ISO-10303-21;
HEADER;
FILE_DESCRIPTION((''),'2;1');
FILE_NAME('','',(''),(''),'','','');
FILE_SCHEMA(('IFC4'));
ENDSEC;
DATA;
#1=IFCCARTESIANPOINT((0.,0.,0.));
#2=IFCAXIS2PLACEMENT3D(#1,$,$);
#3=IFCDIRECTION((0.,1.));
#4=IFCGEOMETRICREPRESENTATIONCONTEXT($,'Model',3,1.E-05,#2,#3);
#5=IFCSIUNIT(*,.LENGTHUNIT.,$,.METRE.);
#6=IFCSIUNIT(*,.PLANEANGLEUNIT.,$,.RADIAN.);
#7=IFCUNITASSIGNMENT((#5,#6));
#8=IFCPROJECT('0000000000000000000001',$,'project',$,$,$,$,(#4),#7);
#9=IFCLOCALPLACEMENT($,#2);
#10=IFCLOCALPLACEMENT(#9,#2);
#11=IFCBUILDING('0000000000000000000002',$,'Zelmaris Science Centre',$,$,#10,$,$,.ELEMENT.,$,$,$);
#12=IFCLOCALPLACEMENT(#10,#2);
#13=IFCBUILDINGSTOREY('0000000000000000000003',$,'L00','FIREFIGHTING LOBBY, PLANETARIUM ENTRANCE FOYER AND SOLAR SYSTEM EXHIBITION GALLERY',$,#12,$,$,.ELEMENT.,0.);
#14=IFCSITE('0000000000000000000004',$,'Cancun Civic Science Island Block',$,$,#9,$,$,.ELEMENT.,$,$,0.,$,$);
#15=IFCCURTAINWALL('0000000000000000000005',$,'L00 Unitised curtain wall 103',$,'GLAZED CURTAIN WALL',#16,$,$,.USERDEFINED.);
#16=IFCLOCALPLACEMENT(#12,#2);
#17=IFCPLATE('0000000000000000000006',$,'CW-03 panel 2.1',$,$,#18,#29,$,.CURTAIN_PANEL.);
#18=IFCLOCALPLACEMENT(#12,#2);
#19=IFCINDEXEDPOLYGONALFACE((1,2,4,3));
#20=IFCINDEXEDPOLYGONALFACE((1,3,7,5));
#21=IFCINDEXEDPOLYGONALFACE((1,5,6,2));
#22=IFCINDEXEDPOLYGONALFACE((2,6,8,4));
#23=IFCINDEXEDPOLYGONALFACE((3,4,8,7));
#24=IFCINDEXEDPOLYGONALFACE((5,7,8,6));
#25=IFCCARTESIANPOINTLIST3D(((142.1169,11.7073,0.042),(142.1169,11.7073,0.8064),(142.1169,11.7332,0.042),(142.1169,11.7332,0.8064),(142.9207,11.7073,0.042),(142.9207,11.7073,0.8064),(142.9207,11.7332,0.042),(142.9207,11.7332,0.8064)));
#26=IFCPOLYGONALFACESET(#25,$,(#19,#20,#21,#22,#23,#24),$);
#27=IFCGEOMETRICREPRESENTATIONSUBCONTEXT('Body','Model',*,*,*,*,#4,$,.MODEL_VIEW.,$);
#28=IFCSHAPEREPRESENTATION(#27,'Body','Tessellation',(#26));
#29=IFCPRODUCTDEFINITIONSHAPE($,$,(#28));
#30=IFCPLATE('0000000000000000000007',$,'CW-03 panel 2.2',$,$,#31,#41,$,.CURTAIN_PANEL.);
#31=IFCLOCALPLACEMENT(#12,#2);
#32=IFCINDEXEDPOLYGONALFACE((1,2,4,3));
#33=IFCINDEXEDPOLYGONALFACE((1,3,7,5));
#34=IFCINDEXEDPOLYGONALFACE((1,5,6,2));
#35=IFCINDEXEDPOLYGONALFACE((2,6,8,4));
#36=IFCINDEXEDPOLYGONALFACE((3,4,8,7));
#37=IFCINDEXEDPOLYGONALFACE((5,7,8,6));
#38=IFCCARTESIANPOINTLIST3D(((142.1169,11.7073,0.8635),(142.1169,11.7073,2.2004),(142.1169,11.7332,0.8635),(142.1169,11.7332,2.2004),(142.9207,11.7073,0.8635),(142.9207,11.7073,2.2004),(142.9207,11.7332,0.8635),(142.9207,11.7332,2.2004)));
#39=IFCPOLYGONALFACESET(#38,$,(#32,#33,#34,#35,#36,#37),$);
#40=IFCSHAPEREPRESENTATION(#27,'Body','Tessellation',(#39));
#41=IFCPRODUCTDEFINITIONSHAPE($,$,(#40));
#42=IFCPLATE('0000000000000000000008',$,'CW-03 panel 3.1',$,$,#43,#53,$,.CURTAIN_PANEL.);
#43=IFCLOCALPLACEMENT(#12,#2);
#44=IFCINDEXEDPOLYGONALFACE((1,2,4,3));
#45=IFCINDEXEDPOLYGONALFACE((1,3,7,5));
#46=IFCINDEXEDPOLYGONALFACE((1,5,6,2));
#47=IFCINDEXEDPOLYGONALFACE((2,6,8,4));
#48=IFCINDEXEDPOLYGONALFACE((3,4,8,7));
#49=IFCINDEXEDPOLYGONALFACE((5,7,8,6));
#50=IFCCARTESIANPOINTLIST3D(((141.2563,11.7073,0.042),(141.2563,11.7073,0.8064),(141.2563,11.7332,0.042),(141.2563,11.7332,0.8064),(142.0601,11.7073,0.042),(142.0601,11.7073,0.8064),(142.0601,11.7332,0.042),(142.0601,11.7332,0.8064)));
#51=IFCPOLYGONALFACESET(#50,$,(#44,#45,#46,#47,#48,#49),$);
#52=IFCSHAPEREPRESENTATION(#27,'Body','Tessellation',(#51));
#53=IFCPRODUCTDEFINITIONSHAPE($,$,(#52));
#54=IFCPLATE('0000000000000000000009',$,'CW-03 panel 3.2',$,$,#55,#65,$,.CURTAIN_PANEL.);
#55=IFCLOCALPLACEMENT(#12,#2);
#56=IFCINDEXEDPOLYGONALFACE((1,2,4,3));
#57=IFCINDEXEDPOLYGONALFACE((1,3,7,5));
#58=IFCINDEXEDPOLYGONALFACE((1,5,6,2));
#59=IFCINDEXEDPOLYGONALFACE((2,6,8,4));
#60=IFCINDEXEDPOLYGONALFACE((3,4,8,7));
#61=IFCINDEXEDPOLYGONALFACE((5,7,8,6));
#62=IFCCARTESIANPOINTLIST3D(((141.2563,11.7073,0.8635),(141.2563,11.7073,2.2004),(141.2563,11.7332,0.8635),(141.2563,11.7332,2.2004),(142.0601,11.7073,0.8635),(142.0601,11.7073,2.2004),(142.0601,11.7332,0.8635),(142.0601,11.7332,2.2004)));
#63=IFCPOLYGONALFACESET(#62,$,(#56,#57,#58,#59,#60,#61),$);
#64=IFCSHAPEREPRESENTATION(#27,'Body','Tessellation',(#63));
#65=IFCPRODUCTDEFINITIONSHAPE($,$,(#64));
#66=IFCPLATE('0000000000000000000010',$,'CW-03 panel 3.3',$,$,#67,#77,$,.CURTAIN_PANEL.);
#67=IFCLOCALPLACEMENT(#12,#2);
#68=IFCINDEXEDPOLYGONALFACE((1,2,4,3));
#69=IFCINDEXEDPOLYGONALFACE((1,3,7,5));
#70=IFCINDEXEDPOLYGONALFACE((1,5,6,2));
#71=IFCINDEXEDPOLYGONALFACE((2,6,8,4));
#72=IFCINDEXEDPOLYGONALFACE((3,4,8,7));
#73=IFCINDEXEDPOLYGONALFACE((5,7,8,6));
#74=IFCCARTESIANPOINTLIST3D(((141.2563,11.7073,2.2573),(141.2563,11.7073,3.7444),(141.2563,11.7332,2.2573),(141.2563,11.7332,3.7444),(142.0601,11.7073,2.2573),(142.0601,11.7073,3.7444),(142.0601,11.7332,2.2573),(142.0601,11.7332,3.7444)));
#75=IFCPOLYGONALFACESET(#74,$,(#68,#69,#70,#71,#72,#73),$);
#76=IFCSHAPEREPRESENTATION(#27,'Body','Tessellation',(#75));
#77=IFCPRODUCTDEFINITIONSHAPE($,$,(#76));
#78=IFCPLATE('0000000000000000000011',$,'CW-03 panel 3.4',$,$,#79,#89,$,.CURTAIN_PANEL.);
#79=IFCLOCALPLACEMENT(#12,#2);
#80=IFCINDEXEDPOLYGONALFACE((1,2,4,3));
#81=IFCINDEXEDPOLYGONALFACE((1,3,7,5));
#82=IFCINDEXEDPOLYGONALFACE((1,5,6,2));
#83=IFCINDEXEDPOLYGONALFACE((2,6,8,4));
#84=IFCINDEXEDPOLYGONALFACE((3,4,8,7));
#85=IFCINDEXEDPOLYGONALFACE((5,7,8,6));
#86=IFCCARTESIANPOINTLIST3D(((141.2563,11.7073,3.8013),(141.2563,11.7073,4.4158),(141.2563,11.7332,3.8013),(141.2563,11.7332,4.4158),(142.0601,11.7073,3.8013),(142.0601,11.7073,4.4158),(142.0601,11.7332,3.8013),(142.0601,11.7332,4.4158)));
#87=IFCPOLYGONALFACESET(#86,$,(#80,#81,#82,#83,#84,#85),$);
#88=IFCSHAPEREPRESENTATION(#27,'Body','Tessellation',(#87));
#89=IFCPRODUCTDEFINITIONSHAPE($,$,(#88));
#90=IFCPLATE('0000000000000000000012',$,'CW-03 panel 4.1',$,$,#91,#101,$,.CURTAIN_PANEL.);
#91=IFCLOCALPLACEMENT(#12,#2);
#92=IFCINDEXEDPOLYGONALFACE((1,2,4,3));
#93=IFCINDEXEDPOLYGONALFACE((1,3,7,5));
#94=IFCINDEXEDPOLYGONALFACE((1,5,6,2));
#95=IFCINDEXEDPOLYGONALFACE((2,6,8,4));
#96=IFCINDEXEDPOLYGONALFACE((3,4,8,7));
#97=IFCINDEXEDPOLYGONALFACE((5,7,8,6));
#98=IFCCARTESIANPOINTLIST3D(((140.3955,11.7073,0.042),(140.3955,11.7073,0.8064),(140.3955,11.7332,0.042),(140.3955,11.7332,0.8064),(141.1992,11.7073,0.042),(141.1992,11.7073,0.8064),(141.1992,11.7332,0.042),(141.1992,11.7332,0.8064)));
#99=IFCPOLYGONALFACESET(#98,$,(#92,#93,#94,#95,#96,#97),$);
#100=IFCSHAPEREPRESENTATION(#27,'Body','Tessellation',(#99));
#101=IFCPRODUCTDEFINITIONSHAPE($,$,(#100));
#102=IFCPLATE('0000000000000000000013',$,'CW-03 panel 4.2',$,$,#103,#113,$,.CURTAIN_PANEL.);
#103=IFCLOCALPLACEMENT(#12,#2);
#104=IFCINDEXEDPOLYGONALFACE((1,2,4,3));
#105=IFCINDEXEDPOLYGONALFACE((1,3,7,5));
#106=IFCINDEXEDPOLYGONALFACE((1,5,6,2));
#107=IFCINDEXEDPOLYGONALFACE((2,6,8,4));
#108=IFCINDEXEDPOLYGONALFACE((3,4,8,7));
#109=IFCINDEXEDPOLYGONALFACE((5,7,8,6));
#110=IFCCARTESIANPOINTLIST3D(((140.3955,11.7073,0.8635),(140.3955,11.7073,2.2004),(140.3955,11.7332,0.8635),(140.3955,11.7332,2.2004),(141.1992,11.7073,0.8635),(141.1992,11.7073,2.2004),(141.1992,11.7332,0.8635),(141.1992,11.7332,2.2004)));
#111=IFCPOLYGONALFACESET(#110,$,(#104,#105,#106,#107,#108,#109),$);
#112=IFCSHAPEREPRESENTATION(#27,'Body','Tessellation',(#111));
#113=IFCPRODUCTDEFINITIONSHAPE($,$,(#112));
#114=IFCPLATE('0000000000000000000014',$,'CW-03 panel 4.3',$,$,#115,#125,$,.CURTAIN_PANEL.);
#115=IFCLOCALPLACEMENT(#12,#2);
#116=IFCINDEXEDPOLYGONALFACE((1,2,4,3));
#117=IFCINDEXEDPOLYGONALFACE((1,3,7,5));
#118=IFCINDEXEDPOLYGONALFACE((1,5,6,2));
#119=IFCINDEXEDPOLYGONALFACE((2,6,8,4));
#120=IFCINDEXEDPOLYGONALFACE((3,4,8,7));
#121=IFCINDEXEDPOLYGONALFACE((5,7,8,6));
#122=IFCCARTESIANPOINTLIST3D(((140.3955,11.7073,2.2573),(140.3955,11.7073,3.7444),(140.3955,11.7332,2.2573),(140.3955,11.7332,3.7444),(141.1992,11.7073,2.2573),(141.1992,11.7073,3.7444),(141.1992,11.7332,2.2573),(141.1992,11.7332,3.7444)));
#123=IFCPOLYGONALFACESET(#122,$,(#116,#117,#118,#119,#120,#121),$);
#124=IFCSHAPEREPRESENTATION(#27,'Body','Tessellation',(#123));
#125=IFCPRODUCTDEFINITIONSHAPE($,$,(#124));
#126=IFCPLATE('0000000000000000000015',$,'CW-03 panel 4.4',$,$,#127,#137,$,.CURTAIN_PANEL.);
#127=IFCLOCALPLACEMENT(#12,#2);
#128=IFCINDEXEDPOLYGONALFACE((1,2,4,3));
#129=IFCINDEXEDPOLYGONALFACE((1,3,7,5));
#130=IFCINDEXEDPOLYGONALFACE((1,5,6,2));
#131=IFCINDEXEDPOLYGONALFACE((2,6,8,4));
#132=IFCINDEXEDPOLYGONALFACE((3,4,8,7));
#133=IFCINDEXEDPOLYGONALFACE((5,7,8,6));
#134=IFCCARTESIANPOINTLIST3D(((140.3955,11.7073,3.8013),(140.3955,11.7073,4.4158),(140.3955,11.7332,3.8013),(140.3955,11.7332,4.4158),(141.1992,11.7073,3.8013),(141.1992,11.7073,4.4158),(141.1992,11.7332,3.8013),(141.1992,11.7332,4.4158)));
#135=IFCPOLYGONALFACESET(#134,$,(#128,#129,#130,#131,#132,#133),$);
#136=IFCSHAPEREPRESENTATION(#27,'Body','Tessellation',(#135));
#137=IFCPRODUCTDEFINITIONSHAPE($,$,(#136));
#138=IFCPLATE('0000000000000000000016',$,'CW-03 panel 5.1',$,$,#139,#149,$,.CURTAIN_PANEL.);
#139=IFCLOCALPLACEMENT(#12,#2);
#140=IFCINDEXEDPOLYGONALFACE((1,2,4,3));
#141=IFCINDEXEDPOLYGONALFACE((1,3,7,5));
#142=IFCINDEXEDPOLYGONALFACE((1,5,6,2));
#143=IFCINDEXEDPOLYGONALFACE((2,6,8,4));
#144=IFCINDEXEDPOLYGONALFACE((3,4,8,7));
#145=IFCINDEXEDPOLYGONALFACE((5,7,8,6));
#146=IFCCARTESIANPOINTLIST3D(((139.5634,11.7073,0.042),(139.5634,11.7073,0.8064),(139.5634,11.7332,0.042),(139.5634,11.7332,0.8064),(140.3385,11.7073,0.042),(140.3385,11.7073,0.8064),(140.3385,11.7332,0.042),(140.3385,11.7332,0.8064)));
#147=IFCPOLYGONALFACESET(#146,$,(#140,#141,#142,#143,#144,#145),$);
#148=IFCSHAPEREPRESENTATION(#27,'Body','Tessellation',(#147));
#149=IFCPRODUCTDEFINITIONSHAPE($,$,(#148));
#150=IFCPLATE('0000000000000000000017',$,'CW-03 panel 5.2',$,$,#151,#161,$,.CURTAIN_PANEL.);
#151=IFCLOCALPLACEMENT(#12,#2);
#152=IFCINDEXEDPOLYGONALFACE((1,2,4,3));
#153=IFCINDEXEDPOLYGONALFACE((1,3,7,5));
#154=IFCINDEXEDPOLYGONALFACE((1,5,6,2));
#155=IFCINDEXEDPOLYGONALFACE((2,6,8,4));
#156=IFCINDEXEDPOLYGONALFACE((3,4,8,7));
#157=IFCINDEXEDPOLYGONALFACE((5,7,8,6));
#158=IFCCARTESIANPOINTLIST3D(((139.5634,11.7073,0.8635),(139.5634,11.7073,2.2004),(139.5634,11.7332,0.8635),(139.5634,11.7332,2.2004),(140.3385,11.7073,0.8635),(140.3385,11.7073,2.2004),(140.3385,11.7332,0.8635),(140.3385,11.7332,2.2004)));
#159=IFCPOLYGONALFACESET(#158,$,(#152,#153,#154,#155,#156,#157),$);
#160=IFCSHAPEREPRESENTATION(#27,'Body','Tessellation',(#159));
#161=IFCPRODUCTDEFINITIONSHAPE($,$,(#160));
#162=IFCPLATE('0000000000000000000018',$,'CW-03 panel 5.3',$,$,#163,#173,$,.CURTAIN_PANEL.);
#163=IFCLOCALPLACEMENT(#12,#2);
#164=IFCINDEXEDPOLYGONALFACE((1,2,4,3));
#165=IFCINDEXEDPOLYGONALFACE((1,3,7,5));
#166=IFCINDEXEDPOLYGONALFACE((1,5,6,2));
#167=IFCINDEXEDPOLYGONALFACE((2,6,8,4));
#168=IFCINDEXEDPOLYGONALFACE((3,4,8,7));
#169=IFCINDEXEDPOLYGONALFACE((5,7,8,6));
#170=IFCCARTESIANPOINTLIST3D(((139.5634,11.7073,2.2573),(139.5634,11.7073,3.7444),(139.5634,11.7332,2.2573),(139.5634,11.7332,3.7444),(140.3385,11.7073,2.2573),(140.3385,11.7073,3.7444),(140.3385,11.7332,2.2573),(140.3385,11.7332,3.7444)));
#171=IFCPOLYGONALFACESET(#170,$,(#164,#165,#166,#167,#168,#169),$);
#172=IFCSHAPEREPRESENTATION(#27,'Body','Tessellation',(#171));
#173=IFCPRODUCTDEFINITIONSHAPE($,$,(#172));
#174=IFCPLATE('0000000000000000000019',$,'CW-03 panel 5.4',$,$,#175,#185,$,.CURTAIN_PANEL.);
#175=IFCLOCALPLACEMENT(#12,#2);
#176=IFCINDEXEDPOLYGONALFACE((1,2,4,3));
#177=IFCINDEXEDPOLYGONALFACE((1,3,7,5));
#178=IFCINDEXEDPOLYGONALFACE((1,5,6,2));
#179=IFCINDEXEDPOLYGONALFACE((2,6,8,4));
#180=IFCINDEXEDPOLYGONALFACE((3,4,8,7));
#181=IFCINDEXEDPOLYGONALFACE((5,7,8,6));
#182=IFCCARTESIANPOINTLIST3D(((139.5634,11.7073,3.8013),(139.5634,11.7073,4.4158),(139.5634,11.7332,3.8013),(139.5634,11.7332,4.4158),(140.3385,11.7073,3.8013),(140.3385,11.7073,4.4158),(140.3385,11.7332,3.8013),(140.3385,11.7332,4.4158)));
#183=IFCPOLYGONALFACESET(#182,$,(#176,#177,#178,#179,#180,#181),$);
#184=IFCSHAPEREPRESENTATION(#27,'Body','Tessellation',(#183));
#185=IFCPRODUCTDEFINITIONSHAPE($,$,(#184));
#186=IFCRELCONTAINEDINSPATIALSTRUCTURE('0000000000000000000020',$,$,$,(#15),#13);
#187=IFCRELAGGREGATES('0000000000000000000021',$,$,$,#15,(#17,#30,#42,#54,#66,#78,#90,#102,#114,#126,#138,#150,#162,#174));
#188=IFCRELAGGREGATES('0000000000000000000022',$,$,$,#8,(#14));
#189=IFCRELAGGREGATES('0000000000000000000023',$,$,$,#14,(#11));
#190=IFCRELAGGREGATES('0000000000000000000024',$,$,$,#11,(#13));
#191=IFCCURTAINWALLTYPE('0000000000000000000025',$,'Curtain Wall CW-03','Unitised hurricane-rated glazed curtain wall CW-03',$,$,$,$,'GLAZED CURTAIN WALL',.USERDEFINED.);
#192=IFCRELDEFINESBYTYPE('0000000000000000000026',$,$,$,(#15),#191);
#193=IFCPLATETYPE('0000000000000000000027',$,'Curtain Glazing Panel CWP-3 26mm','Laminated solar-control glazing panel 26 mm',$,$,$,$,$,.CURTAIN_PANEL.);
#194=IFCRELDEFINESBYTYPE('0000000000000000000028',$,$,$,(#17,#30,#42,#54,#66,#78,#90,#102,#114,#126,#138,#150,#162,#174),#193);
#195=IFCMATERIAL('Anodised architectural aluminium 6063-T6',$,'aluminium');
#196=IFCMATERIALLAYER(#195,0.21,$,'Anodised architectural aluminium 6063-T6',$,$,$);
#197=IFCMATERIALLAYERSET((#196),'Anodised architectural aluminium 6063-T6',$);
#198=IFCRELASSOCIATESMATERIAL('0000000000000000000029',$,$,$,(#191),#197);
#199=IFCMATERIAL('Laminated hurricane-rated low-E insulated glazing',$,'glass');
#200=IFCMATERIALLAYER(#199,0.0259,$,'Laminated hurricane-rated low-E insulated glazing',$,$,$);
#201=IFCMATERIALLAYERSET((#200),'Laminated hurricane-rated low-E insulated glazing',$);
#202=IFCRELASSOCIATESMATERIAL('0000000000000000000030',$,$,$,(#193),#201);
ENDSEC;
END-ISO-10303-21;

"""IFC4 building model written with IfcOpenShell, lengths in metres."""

from ifc_helpers import new_model, si_unit, direction, frame, origin, origin_2d, place, context, subcontext, project, spatial, rectangle, extrude, material, layer, layer_set, type_object, element, aggregate, save


model = new_model("IFC4")

# Units and contexts
model_context = context("Model", 3, precision=1e-05, world=origin(), true_north=direction((0.0, 1.0)))
body_context = subcontext(model_context, "Body", "Model", "MODEL_VIEW")
ifc_project = project(units=[si_unit("LENGTHUNIT", "METRE"), si_unit("PLANEANGLEUNIT", "RADIAN")], contexts=[model_context])

# Site, building, storey
site_placement = place(None, origin())
site = spatial("IfcSite", under=ifc_project, at=site_placement, Name="Cancun Civic Science Island Block", CompositionType="ELEMENT", RefElevation=0.0)
building_placement = place(site_placement, origin())
building = spatial("IfcBuilding", under=site, at=building_placement, Name="Zelmaris Science Centre", CompositionType="ELEMENT")
storey_placement = place(building_placement, origin())
storey = spatial("IfcBuildingStorey", under=building, at=storey_placement, Name="L00", Description="FIREFIGHTING LOBBY, PLANETARIUM ENTRANCE FOYER AND SOLAR SYSTEM EXHIBITION GALLERY", CompositionType="ELEMENT", Elevation=0.0)

# Curtain wall
ifc_material_1 = material(Name="Anodised architectural aluminium 6063-T6", Category="aluminium")
ifc_layer_1 = layer(ifc_material_1, 0.21, Name="Anodised architectural aluminium 6063-T6")
ifc_layer_set_1 = layer_set([ifc_layer_1], Name="Anodised architectural aluminium 6063-T6")
curtain_wall_type = type_object("IfcCurtainWallType", Name="Curtain Wall CW-03", Description="Unitised hurricane-rated glazed curtain wall CW-03", ElementType="GLAZED CURTAIN WALL", PredefinedType="USERDEFINED", material=ifc_layer_set_1)
curtain_wall_placement = place(storey_placement, origin())
curtain_wall = element("IfcCurtainWall", 1, at=curtain_wall_placement, inside=storey, type_object=curtain_wall_type, Name="L00 Unitised curtain wall 103", ObjectType="GLAZED CURTAIN WALL", PredefinedType="USERDEFINED")

# Plates
ifc_material_2 = material(Name="Laminated hurricane-rated low-E insulated glazing", Category="glass")
ifc_layer_2 = layer(ifc_material_2, 0.0259, Name="Laminated hurricane-rated low-E insulated glazing")
ifc_layer_set_2 = layer_set([ifc_layer_2], Name="Laminated hurricane-rated low-E insulated glazing")
plate_type = type_object("IfcPlateType", Name="Curtain Glazing Panel CWP-3 26mm", Description="Laminated solar-control glazing panel 26 mm", PredefinedType="CURTAIN_PANEL", material=ifc_layer_set_2)
plate_1_placement = place(storey_placement, frame((142.5188, 11.7202, 0.042), z_axis=(0.0, 0.0, 1.0), x_axis=(-1.0, 0.0, 0.0)))
plate_1 = element("IfcPlate", 2, at=plate_1_placement, type_object=plate_type, Name="CW-03 panel 2.1", PredefinedType="CURTAIN_PANEL", context=body_context, shape_type="SweptSolid", body=[
    extrude(rectangle(XDim=0.8037, YDim=0.0259, at=origin_2d()), origin(), (0.0, 0.0, 1.0), 0.7644),
])
plate_2_placement = place(storey_placement, frame((142.5188, 11.7202, 0.8635), z_axis=(0.0, 0.0, 1.0), x_axis=(-1.0, 0.0, 0.0)))
plate_2 = element("IfcPlate", 3, at=plate_2_placement, type_object=plate_type, Name="CW-03 panel 2.2", PredefinedType="CURTAIN_PANEL", context=body_context, shape_type="SweptSolid", body=[
    extrude(rectangle(XDim=0.8037, YDim=0.0259, at=origin_2d()), origin(), (0.0, 0.0, 1.0), 1.3369),
])
plate_3_placement = place(storey_placement, frame((141.6582, 11.7202, 0.042), z_axis=(0.0, 0.0, 1.0), x_axis=(-1.0, 0.0, 0.0)))
plate_3 = element("IfcPlate", 4, at=plate_3_placement, type_object=plate_type, Name="CW-03 panel 3.1", PredefinedType="CURTAIN_PANEL", context=body_context, shape_type="SweptSolid", body=[
    extrude(rectangle(XDim=0.8037, YDim=0.0259, at=origin_2d()), origin(), (0.0, 0.0, 1.0), 0.7644),
])
plate_4_placement = place(storey_placement, frame((141.6582, 11.7202, 0.8635), z_axis=(0.0, 0.0, 1.0), x_axis=(-1.0, 0.0, 0.0)))
plate_4 = element("IfcPlate", 5, at=plate_4_placement, type_object=plate_type, Name="CW-03 panel 3.2", PredefinedType="CURTAIN_PANEL", context=body_context, shape_type="SweptSolid", body=[
    extrude(rectangle(XDim=0.8037, YDim=0.0259, at=origin_2d()), origin(), (0.0, 0.0, 1.0), 1.3369),
])
plate_5_placement = place(storey_placement, frame((141.6582, 11.7202, 2.2573), z_axis=(0.0, 0.0, 1.0), x_axis=(-1.0, 0.0, 0.0)))
plate_5 = element("IfcPlate", 6, at=plate_5_placement, type_object=plate_type, Name="CW-03 panel 3.3", PredefinedType="CURTAIN_PANEL", context=body_context, shape_type="SweptSolid", body=[
    extrude(rectangle(XDim=0.8037, YDim=0.0259, at=origin_2d()), origin(), (0.0, 0.0, 1.0), 1.4871),
])
plate_6_placement = place(storey_placement, frame((141.6582, 11.7202, 3.8013), z_axis=(0.0, 0.0, 1.0), x_axis=(-1.0, 0.0, 0.0)))
plate_6 = element("IfcPlate", 7, at=plate_6_placement, type_object=plate_type, Name="CW-03 panel 3.4", PredefinedType="CURTAIN_PANEL", context=body_context, shape_type="SweptSolid", body=[
    extrude(rectangle(XDim=0.8037, YDim=0.0259, at=origin_2d()), origin(), (0.0, 0.0, 1.0), 0.6145),
])
plate_7_placement = place(storey_placement, frame((140.7974, 11.7202, 0.042), z_axis=(0.0, 0.0, 1.0), x_axis=(-1.0, 0.0, 0.0)))
plate_7 = element("IfcPlate", 8, at=plate_7_placement, type_object=plate_type, Name="CW-03 panel 4.1", PredefinedType="CURTAIN_PANEL", context=body_context, shape_type="SweptSolid", body=[
    extrude(rectangle(XDim=0.8037, YDim=0.0259, at=origin_2d()), origin(), (0.0, 0.0, 1.0), 0.7644),
])
plate_8_placement = place(storey_placement, frame((140.7974, 11.7202, 0.8635), z_axis=(0.0, 0.0, 1.0), x_axis=(-1.0, 0.0, 0.0)))
plate_8 = element("IfcPlate", 9, at=plate_8_placement, type_object=plate_type, Name="CW-03 panel 4.2", PredefinedType="CURTAIN_PANEL", context=body_context, shape_type="SweptSolid", body=[
    extrude(rectangle(XDim=0.8037, YDim=0.0259, at=origin_2d()), origin(), (0.0, 0.0, 1.0), 1.3369),
])
plate_9_placement = place(storey_placement, frame((140.7974, 11.7202, 2.2573), z_axis=(0.0, 0.0, 1.0), x_axis=(-1.0, 0.0, 0.0)))
plate_9 = element("IfcPlate", 10, at=plate_9_placement, type_object=plate_type, Name="CW-03 panel 4.3", PredefinedType="CURTAIN_PANEL", context=body_context, shape_type="SweptSolid", body=[
    extrude(rectangle(XDim=0.8037, YDim=0.0259, at=origin_2d()), origin(), (0.0, 0.0, 1.0), 1.4871),
])
plate_10_placement = place(storey_placement, frame((140.7974, 11.7202, 3.8013), z_axis=(0.0, 0.0, 1.0), x_axis=(-1.0, 0.0, 0.0)))
plate_10 = element("IfcPlate", 11, at=plate_10_placement, type_object=plate_type, Name="CW-03 panel 4.4", PredefinedType="CURTAIN_PANEL", context=body_context, shape_type="SweptSolid", body=[
    extrude(rectangle(XDim=0.8037, YDim=0.0259, at=origin_2d()), origin(), (0.0, 0.0, 1.0), 0.6145),
])
plate_11_placement = place(storey_placement, frame((139.9509, 11.7202, 0.042), z_axis=(0.0, 0.0, 1.0), x_axis=(-1.0, 0.0, 0.0)))
plate_11 = element("IfcPlate", 12, at=plate_11_placement, type_object=plate_type, Name="CW-03 panel 5.1", PredefinedType="CURTAIN_PANEL", context=body_context, shape_type="SweptSolid", body=[
    extrude(rectangle(XDim=0.7751, YDim=0.0259, at=origin_2d()), origin(), (0.0, 0.0, 1.0), 0.7644),
])
plate_12_placement = place(storey_placement, frame((139.9509, 11.7202, 0.8635), z_axis=(0.0, 0.0, 1.0), x_axis=(-1.0, 0.0, 0.0)))
plate_12 = element("IfcPlate", 13, at=plate_12_placement, type_object=plate_type, Name="CW-03 panel 5.2", PredefinedType="CURTAIN_PANEL", context=body_context, shape_type="SweptSolid", body=[
    extrude(rectangle(XDim=0.7751, YDim=0.0259, at=origin_2d()), origin(), (0.0, 0.0, 1.0), 1.3369),
])
plate_13_placement = place(storey_placement, frame((139.9509, 11.7202, 2.2573), z_axis=(0.0, 0.0, 1.0), x_axis=(-1.0, 0.0, 0.0)))
plate_13 = element("IfcPlate", 14, at=plate_13_placement, type_object=plate_type, Name="CW-03 panel 5.3", PredefinedType="CURTAIN_PANEL", context=body_context, shape_type="SweptSolid", body=[
    extrude(rectangle(XDim=0.7751, YDim=0.0259, at=origin_2d()), origin(), (0.0, 0.0, 1.0), 1.4871),
])
plate_14_placement = place(storey_placement, frame((139.9509, 11.7202, 3.8013), z_axis=(0.0, 0.0, 1.0), x_axis=(-1.0, 0.0, 0.0)))
plate_14 = element("IfcPlate", 15, at=plate_14_placement, type_object=plate_type, Name="CW-03 panel 5.4", PredefinedType="CURTAIN_PANEL", context=body_context, shape_type="SweptSolid", body=[
    extrude(rectangle(XDim=0.7751, YDim=0.0259, at=origin_2d()), origin(), (0.0, 0.0, 1.0), 0.6145),
])
aggregate(curtain_wall, [plate_1, plate_2, plate_3, plate_4, plate_5, plate_6, plate_7, plate_8, plate_9, plate_10, plate_11, plate_12, plate_13, plate_14])

save(model, "model.ifc")
